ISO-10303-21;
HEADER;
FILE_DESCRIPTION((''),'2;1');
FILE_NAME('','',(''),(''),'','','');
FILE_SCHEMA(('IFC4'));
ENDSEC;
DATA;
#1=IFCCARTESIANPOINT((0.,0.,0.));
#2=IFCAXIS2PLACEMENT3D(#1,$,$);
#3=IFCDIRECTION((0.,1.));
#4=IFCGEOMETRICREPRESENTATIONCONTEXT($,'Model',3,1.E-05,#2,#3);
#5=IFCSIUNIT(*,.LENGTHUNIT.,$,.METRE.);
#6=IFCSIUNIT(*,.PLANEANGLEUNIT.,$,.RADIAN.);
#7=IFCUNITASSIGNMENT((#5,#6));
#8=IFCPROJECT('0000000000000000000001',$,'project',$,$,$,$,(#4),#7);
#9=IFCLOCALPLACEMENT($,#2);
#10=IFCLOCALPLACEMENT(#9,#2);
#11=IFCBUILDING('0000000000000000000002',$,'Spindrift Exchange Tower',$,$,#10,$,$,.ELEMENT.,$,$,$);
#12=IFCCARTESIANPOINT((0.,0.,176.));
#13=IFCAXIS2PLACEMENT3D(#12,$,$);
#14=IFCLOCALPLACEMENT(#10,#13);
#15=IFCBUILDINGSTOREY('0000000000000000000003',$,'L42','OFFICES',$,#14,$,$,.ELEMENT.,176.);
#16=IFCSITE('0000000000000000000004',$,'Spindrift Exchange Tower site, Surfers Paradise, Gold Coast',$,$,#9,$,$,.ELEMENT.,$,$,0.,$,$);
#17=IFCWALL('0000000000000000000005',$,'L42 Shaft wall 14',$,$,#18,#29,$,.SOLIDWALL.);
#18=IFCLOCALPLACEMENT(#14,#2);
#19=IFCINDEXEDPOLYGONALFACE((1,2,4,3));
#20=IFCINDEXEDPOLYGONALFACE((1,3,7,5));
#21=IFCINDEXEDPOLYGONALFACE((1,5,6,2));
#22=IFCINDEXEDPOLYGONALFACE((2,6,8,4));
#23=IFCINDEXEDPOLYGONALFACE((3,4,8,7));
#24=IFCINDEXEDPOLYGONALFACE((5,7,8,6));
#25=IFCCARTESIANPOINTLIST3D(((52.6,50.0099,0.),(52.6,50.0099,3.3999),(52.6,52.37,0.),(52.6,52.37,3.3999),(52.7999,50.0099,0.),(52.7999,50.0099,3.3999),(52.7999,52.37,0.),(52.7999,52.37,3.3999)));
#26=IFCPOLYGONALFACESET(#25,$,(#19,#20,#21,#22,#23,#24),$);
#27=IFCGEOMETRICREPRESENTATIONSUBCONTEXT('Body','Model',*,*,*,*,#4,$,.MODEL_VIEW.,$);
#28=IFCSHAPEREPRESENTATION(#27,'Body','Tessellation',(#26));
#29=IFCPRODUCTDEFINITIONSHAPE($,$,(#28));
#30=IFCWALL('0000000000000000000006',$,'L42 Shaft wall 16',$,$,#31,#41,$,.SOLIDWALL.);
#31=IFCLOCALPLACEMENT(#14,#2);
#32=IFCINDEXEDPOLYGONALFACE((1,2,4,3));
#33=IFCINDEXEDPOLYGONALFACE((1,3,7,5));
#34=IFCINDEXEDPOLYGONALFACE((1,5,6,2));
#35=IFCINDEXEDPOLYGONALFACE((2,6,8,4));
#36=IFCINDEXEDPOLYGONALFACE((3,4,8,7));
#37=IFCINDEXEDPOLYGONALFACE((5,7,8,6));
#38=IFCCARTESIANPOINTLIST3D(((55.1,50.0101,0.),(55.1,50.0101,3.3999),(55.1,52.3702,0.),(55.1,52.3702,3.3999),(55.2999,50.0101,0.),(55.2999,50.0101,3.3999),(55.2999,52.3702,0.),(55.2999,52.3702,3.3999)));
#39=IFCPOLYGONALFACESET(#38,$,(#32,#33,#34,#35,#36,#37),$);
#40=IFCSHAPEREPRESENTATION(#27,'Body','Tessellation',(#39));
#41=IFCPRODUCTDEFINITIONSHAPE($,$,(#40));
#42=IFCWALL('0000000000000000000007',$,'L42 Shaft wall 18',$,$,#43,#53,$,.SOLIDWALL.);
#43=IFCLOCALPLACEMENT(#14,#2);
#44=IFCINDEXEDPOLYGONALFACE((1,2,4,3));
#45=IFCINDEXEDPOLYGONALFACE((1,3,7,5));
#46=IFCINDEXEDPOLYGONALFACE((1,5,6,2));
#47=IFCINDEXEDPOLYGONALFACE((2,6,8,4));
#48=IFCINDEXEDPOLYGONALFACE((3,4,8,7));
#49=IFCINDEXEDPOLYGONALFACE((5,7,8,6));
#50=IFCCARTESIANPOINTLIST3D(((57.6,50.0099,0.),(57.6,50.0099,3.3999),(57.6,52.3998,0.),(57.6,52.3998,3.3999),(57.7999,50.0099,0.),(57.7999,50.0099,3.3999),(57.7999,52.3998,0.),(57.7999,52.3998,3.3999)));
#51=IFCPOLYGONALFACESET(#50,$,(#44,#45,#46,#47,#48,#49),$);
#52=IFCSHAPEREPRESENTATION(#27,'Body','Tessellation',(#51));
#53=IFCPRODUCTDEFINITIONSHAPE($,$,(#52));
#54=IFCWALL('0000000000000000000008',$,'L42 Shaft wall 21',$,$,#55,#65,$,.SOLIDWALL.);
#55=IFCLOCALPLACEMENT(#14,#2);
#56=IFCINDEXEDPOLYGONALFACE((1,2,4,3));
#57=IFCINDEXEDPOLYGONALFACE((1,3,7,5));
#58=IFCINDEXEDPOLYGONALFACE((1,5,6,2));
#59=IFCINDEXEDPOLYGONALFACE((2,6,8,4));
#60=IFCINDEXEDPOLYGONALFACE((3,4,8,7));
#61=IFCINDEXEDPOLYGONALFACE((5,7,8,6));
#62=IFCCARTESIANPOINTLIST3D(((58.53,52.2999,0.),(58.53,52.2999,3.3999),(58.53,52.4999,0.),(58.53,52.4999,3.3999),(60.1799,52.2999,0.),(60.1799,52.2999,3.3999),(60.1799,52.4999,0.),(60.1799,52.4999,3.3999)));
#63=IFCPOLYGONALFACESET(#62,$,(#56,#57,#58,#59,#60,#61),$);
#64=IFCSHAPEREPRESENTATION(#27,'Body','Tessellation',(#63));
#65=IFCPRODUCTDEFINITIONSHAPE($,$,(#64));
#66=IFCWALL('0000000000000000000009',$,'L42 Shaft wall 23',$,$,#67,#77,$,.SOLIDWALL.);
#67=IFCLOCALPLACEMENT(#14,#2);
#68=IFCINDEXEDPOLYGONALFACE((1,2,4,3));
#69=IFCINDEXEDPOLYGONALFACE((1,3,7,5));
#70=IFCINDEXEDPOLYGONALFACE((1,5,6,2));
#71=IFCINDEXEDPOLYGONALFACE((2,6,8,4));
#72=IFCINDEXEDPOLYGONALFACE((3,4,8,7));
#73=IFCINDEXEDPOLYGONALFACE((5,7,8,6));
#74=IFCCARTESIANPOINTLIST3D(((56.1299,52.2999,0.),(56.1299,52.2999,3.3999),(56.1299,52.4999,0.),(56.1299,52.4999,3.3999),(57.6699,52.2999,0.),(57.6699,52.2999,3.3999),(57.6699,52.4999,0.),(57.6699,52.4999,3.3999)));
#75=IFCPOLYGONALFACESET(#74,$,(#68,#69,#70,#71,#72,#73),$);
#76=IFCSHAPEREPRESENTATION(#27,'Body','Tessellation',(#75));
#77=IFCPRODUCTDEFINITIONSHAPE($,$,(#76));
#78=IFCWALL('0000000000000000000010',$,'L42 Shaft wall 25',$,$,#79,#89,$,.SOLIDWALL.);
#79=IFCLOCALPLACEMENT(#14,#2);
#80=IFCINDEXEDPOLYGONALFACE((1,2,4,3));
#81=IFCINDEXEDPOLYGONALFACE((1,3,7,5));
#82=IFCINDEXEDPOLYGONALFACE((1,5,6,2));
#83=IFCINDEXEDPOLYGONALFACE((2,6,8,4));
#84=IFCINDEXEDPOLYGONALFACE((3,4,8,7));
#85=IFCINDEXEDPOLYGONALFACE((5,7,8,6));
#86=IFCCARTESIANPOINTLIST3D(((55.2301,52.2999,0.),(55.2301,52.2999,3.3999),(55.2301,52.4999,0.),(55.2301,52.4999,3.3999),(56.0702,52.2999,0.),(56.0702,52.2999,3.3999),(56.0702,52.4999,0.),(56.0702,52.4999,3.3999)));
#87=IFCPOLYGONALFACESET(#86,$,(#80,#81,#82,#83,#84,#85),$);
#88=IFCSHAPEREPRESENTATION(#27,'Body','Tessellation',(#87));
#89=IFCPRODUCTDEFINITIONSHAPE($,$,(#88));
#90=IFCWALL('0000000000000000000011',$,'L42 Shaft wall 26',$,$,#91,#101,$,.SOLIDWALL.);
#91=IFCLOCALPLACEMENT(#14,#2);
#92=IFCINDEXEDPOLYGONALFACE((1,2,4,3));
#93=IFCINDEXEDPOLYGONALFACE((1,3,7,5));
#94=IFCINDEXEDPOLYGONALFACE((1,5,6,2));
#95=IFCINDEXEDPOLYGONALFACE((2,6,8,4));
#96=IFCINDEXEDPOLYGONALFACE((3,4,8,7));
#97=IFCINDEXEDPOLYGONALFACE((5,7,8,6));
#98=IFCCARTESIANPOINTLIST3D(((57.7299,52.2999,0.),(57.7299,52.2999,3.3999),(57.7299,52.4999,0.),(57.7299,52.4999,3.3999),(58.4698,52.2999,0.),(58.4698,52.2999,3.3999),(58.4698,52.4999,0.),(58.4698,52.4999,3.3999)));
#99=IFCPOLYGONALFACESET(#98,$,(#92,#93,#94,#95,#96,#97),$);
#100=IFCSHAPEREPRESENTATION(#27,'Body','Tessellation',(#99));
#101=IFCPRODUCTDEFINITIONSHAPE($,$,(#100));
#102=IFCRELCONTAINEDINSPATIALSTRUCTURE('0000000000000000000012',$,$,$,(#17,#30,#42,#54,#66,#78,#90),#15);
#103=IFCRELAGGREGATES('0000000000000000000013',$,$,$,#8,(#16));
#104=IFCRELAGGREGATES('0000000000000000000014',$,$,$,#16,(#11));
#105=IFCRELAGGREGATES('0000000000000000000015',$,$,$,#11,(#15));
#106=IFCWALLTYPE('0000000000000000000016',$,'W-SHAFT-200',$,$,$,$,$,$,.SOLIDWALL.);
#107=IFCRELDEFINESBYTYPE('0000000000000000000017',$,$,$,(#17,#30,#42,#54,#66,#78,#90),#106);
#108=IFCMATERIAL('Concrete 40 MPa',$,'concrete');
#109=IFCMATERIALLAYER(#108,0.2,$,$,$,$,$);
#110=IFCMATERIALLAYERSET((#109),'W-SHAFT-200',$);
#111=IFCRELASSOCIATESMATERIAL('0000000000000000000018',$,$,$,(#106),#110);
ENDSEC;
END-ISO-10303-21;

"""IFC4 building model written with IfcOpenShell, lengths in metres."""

from ifc_helpers import new_model, si_unit, direction, frame, frame_2d, origin, place, context, subcontext, project, spatial, rectangle, extrude, material, layer, layer_set, type_object, element, save


model = new_model("IFC4")

# Units and contexts
model_context = context("Model", 3, precision=1e-05, world=origin(), true_north=direction((0.0, 1.0)))
body_context = subcontext(model_context, "Body", "Model", "MODEL_VIEW")
ifc_project = project(units=[si_unit("LENGTHUNIT", "METRE"), si_unit("PLANEANGLEUNIT", "RADIAN")], contexts=[model_context])

# Site, building, storey
site_placement = place(None, origin())
site = spatial("IfcSite", under=ifc_project, at=site_placement, Name="Spindrift Exchange Tower site, Surfers Paradise, Gold Coast", CompositionType="ELEMENT", RefElevation=0.0)
building_placement = place(site_placement, origin())
building = spatial("IfcBuilding", under=site, at=building_placement, Name="Spindrift Exchange Tower", CompositionType="ELEMENT")
storey_placement = place(building_placement, frame((0.0, 0.0, 176.0)))
storey = spatial("IfcBuildingStorey", under=building, at=storey_placement, Name="L42", Description="OFFICES", CompositionType="ELEMENT", Elevation=176.0)

# Shared definitions
ifc_material_1 = material(Name="Concrete 40 MPa", Category="concrete")
ifc_layer_1 = layer(ifc_material_1, 0.2)
ifc_layer_set_1 = layer_set([ifc_layer_1], Name="W-SHAFT-200")
wall_type_1 = type_object("IfcWallType", Name="W-SHAFT-200", PredefinedType="SOLIDWALL", material=ifc_layer_set_1)

# Walls
for number, where, z_axis, x_axis, name in (
    (1, (52.7, 52.3701, 0.0), (0.0, 0.0, 1.0), (0.0, -1.0, 0.0), "L42 Shaft wall 14"),
    (2, (55.2, 50.01, 0.0), (0.0, 0.0, 1.0), (0.0, 1.0, 0.0), "L42 Shaft wall 16"),
):
    element("IfcWall", number, at=place(storey_placement, frame(where, z_axis=z_axis, x_axis=x_axis)), inside=storey, type_object=wall_type_1, Name=name, PredefinedType="SOLIDWALL", context=body_context, shape_type="SweptSolid", body=[
        extrude(rectangle(XDim=2.3601, YDim=0.2, at=frame_2d((1.1802, 0.0))), origin(), (0.0, 0.0, 1.0), 3.3999),
    ])
wall_1_placement = place(storey_placement, frame((57.7, 50.01, 0.0), z_axis=(0.0, 0.0, 1.0), x_axis=(0.0, 1.0, 0.0)))
element("IfcWall", 3, at=wall_1_placement, inside=storey, type_object=wall_type_1, Name="L42 Shaft wall 18", PredefinedType="SOLIDWALL", context=body_context, shape_type="SweptSolid", body=[
    extrude(rectangle(XDim=2.3899, YDim=0.2, at=frame_2d((1.1948, 0.0))), origin(), (0.0, 0.0, 1.0), 3.3999),
])
wall_2_placement = place(storey_placement, frame((60.1799, 52.3999, 0.0), z_axis=(0.0, 0.0, 1.0), x_axis=(-1.0, 0.0, 0.0)))
element("IfcWall", 4, at=wall_2_placement, inside=storey, type_object=wall_type_1, Name="L42 Shaft wall 21", PredefinedType="SOLIDWALL", context=body_context, shape_type="SweptSolid", body=[
    extrude(rectangle(XDim=1.6499, YDim=0.2, at=frame_2d((0.825, 0.0))), origin(), (0.0, 0.0, 1.0), 3.3999),
])
wall_3_placement = place(storey_placement, frame((57.6699, 52.3999, 0.0), z_axis=(0.0, 0.0, 1.0), x_axis=(-1.0, 0.0, 0.0)))
element("IfcWall", 5, at=wall_3_placement, inside=storey, type_object=wall_type_1, Name="L42 Shaft wall 23", PredefinedType="SOLIDWALL", context=body_context, shape_type="SweptSolid", body=[
    extrude(rectangle(XDim=1.54, YDim=0.2, at=frame_2d((0.77, 0.0))), origin(), (0.0, 0.0, 1.0), 3.3999),
])
wall_4_placement = place(storey_placement, frame((56.0701, 52.3999, 0.0), z_axis=(0.0, 0.0, 1.0), x_axis=(-1.0, 0.0, 0.0)))
element("IfcWall", 6, at=wall_4_placement, inside=storey, type_object=wall_type_1, Name="L42 Shaft wall 25", PredefinedType="SOLIDWALL", context=body_context, shape_type="SweptSolid", body=[
    extrude(rectangle(XDim=0.8401, YDim=0.2, at=frame_2d((0.4199, 0.0))), origin(), (0.0, 0.0, 1.0), 3.3999),
])
wall_5_placement = place(storey_placement, frame((58.47, 52.3999, 0.0), z_axis=(0.0, 0.0, 1.0), x_axis=(-1.0, 0.0, 0.0)))
element("IfcWall", 7, at=wall_5_placement, inside=storey, type_object=wall_type_1, Name="L42 Shaft wall 26", PredefinedType="SOLIDWALL", context=body_context, shape_type="SweptSolid", body=[
    extrude(rectangle(XDim=0.74, YDim=0.2, at=frame_2d((0.3701, 0.0))), origin(), (0.0, 0.0, 1.0), 3.3999),
])

save(model, "model.ifc")
